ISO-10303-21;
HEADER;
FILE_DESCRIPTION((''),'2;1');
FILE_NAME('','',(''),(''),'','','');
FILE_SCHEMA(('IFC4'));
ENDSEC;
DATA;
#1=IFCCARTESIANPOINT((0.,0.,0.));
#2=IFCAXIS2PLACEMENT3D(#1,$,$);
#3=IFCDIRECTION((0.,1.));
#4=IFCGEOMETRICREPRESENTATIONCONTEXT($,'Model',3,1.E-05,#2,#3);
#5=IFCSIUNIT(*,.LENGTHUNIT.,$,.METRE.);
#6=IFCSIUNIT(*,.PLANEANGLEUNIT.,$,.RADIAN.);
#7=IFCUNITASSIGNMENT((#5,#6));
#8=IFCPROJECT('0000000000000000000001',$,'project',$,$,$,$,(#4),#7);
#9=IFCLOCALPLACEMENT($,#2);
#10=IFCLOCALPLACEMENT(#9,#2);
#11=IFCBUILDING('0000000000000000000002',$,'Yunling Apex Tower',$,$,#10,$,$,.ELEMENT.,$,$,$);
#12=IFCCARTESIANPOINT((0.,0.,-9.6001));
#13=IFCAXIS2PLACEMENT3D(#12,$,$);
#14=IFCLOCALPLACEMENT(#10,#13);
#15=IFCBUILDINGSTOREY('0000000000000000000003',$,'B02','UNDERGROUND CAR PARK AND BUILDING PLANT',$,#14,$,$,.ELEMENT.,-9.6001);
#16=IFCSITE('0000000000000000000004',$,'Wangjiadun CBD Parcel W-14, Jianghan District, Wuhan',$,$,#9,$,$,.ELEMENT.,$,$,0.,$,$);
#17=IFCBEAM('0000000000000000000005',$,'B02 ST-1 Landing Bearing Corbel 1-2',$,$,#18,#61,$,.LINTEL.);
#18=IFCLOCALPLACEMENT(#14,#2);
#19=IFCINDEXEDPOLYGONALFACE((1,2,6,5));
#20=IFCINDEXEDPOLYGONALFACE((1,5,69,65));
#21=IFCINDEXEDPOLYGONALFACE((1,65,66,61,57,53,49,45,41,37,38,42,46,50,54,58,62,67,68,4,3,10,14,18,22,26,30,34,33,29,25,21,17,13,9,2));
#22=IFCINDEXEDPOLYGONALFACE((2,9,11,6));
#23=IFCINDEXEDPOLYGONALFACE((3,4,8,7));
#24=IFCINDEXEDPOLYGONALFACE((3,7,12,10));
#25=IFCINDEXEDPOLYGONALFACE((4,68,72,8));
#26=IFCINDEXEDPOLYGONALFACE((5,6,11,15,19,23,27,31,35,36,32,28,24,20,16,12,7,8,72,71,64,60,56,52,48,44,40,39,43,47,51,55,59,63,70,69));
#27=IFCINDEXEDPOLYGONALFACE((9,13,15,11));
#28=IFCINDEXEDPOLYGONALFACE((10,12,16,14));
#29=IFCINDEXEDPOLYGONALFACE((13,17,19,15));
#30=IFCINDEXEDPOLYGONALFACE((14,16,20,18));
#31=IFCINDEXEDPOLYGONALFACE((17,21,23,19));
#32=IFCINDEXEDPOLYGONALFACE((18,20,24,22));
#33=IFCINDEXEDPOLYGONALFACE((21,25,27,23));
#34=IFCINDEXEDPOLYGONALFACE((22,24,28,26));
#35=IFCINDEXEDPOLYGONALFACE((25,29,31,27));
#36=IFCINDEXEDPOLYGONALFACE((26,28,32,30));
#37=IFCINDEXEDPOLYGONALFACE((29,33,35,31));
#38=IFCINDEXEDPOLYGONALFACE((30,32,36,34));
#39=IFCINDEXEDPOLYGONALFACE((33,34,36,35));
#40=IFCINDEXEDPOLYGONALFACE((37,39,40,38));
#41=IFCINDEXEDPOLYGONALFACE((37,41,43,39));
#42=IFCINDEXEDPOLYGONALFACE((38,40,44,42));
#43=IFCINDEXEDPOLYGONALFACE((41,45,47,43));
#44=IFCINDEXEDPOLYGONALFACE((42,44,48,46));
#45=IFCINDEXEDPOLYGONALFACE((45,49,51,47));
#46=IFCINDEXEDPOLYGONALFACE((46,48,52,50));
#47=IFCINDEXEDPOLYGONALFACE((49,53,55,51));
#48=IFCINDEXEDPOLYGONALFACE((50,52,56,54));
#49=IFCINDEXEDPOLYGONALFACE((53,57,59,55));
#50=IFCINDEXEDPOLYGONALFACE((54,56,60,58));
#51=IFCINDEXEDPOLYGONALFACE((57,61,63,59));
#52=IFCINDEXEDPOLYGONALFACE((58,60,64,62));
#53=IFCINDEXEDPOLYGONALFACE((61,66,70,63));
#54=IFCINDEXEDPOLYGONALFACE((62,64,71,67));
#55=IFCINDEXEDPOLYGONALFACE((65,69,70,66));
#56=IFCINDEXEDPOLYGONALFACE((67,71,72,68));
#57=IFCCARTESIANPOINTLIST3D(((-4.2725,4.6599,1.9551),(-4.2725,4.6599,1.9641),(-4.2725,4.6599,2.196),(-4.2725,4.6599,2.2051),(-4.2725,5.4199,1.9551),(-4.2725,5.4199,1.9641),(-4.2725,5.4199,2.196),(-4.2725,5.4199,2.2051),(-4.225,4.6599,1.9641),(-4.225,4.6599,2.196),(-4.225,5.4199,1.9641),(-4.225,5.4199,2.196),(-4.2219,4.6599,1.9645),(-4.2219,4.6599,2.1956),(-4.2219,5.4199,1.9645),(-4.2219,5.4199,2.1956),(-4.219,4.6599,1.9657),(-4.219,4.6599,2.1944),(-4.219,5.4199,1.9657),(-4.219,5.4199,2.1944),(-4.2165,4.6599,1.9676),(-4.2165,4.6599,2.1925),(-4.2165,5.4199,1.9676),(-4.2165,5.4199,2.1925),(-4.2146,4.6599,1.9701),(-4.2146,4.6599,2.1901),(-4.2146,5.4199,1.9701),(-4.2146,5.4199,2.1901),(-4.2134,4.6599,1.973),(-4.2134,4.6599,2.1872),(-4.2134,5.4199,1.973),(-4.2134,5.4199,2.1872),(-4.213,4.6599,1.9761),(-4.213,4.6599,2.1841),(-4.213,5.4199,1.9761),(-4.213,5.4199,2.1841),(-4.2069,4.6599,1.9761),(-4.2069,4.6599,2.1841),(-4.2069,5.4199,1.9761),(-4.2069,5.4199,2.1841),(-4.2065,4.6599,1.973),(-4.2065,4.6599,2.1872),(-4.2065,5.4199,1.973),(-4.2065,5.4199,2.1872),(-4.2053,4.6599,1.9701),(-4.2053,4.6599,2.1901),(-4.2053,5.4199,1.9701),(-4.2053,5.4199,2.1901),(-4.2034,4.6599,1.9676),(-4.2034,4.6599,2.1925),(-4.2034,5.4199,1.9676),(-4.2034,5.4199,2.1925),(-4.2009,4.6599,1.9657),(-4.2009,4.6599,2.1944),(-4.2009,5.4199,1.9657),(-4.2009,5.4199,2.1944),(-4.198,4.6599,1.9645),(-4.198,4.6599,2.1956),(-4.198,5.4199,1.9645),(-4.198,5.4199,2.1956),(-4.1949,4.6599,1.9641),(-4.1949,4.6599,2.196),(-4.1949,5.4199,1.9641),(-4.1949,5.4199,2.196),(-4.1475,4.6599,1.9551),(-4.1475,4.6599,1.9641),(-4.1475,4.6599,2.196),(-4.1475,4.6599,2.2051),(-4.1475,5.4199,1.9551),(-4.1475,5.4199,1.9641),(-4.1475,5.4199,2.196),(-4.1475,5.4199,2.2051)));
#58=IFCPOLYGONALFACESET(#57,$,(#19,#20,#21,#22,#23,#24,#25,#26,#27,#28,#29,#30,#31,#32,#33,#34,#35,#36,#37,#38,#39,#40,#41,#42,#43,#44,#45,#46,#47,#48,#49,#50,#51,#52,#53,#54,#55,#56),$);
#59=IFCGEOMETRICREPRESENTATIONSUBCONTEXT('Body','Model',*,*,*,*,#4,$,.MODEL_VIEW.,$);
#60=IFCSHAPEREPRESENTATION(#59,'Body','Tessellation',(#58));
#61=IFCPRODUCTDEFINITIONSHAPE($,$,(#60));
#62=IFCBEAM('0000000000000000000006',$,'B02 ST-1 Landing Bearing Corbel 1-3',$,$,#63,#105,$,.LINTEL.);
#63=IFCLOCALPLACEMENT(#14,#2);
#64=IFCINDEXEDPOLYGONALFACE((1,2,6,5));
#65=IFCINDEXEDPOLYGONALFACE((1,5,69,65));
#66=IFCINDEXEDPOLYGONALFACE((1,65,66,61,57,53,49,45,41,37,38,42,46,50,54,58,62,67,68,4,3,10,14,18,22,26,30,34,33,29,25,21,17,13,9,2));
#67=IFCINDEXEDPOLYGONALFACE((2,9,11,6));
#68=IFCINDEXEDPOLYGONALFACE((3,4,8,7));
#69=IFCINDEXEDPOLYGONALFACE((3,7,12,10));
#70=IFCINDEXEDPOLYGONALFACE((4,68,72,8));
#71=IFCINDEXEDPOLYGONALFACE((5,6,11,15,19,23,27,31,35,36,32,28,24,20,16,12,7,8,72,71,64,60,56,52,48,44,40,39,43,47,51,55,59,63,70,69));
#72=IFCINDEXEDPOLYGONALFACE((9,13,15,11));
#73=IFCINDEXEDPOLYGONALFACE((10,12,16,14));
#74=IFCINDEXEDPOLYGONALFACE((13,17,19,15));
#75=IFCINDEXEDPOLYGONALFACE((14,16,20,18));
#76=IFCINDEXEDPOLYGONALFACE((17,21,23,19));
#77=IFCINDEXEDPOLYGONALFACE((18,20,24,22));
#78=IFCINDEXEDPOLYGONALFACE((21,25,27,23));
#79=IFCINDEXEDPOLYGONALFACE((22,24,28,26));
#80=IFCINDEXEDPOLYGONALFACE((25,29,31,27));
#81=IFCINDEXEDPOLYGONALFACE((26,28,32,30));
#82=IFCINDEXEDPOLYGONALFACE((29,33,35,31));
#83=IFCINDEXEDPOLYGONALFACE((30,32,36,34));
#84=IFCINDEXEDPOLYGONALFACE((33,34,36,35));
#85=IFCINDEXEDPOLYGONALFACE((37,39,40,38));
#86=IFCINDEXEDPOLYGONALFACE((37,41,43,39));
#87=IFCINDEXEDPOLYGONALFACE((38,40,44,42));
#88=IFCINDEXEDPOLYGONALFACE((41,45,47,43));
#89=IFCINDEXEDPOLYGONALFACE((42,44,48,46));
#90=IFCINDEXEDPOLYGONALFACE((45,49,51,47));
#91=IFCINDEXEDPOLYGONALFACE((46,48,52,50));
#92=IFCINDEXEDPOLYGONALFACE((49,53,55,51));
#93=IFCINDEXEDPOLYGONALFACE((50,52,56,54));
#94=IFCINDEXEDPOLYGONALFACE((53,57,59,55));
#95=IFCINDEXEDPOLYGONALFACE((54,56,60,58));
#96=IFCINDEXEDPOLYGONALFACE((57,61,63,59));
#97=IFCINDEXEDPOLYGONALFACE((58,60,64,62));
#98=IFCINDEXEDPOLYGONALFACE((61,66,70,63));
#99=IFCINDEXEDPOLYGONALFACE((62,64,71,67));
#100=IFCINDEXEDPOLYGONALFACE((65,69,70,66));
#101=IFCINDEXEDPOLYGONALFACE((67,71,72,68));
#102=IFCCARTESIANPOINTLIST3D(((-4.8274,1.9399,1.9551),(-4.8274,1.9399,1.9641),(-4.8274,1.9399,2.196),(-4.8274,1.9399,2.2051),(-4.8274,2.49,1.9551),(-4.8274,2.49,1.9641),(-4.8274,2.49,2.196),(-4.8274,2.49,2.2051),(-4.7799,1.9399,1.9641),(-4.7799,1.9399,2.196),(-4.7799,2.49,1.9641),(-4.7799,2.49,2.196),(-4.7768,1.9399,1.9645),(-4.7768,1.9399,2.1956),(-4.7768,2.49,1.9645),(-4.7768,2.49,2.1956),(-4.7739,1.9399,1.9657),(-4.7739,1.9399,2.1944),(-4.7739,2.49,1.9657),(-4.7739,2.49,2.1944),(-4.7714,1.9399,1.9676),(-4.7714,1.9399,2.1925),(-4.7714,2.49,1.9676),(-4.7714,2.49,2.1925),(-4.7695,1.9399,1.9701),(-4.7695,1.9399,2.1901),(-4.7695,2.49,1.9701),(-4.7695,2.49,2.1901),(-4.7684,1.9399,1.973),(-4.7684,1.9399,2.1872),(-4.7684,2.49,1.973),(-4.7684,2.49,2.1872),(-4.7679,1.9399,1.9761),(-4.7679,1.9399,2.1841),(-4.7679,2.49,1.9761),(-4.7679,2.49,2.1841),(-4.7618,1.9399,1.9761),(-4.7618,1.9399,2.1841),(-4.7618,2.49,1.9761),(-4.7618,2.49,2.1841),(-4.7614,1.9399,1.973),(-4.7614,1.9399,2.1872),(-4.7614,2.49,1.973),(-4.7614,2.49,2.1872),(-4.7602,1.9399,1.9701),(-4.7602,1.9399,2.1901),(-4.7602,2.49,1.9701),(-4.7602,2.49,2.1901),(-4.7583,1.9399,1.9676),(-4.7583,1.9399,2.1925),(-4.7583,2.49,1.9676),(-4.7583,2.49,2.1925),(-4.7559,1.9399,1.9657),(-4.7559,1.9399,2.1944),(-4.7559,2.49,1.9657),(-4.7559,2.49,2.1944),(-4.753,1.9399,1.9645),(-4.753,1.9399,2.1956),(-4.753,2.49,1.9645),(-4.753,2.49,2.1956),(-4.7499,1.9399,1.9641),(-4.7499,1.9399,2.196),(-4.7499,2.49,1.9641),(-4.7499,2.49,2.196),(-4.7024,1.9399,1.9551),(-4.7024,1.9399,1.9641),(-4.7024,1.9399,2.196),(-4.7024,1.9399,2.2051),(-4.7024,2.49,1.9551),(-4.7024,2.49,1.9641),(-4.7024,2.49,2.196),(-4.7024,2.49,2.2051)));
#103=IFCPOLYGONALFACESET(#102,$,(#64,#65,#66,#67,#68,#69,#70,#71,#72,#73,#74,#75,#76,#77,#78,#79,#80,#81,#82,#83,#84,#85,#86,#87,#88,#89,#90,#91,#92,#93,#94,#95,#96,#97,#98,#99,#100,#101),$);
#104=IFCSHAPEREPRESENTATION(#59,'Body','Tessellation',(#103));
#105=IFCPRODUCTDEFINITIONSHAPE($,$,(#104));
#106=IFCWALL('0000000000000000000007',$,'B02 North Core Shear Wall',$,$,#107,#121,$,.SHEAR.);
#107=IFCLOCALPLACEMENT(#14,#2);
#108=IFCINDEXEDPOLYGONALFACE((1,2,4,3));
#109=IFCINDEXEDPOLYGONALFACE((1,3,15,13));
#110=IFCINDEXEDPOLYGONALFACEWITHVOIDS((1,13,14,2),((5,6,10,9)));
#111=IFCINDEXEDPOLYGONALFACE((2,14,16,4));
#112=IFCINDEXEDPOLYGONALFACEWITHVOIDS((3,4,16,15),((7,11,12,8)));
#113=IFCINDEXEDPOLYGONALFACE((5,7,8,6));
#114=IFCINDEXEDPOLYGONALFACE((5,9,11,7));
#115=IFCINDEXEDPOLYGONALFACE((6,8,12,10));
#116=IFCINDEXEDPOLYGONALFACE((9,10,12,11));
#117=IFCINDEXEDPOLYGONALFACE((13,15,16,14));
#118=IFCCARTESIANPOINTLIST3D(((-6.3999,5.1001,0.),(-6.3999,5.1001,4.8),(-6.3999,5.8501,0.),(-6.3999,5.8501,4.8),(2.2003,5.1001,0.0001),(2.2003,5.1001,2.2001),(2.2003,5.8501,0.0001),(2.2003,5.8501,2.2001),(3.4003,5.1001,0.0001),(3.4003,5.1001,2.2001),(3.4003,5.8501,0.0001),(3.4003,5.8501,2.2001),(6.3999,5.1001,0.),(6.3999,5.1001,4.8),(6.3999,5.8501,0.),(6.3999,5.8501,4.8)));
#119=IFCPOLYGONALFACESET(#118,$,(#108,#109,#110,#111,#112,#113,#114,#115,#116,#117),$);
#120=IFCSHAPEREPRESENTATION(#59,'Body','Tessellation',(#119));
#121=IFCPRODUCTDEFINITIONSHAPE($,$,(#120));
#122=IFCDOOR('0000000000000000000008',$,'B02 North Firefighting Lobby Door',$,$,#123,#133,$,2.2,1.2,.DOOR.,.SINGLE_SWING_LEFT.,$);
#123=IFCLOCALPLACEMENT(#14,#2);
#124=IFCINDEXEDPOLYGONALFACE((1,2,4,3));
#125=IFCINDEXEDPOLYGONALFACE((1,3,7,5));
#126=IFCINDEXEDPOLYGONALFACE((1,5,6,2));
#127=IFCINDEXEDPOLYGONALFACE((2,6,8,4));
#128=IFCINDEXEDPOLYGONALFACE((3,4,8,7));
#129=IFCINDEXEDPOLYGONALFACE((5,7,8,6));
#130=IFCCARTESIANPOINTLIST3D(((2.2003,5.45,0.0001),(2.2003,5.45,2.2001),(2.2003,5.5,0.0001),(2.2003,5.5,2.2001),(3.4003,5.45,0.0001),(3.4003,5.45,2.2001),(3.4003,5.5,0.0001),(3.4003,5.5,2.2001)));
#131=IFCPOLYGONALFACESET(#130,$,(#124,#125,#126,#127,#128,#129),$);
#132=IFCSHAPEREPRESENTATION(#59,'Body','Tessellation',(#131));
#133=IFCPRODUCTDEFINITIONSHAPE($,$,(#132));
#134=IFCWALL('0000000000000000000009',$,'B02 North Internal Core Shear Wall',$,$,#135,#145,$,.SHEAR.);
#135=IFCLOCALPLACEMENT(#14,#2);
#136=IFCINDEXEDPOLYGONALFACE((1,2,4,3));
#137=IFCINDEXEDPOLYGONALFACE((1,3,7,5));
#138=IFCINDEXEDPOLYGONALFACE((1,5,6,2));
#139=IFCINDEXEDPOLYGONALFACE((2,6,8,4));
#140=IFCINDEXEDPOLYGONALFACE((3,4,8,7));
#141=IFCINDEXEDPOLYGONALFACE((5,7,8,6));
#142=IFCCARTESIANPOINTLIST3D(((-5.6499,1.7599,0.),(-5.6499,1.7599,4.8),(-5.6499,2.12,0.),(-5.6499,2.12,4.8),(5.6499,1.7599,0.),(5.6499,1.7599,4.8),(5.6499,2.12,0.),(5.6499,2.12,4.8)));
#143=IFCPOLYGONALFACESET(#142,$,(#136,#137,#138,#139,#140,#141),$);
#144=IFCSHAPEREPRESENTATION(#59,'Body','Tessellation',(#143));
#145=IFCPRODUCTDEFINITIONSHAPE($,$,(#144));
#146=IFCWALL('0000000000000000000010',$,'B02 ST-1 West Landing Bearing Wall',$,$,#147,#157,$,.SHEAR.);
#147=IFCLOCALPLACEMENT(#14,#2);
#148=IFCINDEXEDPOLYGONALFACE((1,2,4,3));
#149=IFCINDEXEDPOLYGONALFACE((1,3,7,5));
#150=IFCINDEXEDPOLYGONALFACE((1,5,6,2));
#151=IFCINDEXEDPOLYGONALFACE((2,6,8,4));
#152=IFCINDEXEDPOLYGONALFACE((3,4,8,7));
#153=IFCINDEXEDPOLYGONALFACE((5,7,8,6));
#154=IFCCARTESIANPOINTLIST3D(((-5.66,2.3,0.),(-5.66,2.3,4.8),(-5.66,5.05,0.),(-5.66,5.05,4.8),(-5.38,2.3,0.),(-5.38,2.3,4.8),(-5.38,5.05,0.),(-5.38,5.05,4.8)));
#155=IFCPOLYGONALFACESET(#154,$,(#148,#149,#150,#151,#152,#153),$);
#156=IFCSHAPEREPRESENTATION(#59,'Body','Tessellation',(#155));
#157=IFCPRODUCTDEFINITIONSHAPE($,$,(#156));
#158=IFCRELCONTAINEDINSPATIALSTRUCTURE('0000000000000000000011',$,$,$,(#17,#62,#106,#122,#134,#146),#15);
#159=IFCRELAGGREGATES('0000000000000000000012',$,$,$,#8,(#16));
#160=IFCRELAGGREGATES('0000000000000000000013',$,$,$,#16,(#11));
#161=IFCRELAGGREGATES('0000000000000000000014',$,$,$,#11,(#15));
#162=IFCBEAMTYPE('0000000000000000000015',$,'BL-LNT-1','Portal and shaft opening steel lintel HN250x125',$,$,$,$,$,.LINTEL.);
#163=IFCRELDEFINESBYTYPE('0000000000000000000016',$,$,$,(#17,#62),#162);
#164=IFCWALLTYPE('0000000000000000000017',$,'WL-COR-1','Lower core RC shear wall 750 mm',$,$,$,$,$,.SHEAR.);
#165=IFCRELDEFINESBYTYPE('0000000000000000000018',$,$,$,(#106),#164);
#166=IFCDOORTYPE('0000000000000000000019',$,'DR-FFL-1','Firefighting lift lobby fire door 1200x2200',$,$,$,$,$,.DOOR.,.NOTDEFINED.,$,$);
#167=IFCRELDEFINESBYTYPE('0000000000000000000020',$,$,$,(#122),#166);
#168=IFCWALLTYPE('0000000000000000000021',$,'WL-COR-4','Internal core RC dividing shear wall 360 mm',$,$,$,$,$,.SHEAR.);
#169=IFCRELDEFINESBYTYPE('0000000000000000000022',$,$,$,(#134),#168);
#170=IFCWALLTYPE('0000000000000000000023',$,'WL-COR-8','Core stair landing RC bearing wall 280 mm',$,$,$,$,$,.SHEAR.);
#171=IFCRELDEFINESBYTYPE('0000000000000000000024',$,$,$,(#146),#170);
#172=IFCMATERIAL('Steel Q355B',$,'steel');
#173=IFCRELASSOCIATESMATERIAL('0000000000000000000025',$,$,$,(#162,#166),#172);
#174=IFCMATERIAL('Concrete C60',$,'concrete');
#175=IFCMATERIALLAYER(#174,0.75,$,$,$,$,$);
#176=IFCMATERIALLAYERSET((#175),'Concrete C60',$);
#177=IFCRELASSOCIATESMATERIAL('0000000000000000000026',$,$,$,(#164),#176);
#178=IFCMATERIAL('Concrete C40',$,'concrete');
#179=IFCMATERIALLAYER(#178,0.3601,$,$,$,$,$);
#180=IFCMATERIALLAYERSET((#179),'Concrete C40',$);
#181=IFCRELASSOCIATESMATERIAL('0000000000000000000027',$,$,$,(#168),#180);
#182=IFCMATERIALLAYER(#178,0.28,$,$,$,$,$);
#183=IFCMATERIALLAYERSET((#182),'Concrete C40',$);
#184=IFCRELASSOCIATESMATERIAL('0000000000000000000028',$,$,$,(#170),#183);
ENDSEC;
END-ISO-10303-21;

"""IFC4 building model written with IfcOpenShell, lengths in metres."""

from ifc_helpers import new_model, si_unit, direction, frame, frame_2d, origin, origin_2d, place, context, subcontext, project, spatial, rectangle, i_section, extrude, source, transform, mapped, material, layer, layer_set, material_profile, profile_set, type_object, element, fill, save


model = new_model("IFC4")

# Units and contexts
model_context = context("Model", 3, precision=1e-05, world=origin(), true_north=direction((0.0, 1.0)))
body_context = subcontext(model_context, "Body", "Model", "MODEL_VIEW")
ifc_project = project(units=[si_unit("LENGTHUNIT", "METRE"), si_unit("PLANEANGLEUNIT", "RADIAN")], contexts=[model_context])

# Site, building, storey
site_placement = place(None, origin())
site = spatial("IfcSite", under=ifc_project, at=site_placement, Name="Wangjiadun CBD Parcel W-14, Jianghan District, Wuhan", CompositionType="ELEMENT", RefElevation=0.0)
building_placement = place(site_placement, origin())
building = spatial("IfcBuilding", under=site, at=building_placement, Name="Yunling Apex Tower", CompositionType="ELEMENT")
storey_placement = place(building_placement, frame((0.0, 0.0, -9.6001)))
storey = spatial("IfcBuildingStorey", under=building, at=storey_placement, Name="B02", Description="UNDERGROUND CAR PARK AND BUILDING PLANT", CompositionType="ELEMENT", Elevation=-9.6001)

# Shared definitions
ifc_material_1 = material(Name="Concrete C60", Category="concrete")

# Beams
ifc_material_2 = material(Name="Steel Q355B", Category="steel")
ifc_material_profile_1 = material_profile(ifc_material_2, i_section(OverallWidth=0.125, OverallDepth=0.25, WebThickness=0.0061, FlangeThickness=0.009, FilletRadius=0.012, at=origin_2d()))
ifc_profile_set_1 = profile_set([ifc_material_profile_1], Name="Steel Q355B")
beam_type = type_object("IfcBeamType", Name="BL-LNT-1", Description="Portal and shaft opening steel lintel HN250x125", PredefinedType="LINTEL", material=ifc_profile_set_1)
shared_shape_1 = source(origin(), body_context, "Body", "SweptSolid", [
    extrude(i_section(OverallWidth=0.125, OverallDepth=0.25, WebThickness=0.0061, FlangeThickness=0.009, FilletRadius=0.012, at=origin_2d()), origin(), (0.0, 0.0, 1.0), 0.76),
])
for number, where, z_axis, x_axis, name in (
    (1, (-4.21, 5.4199, 2.0801), (0.0, -1.0, 0.0), (1.0, 0.0, 0.0), "B02 ST-1 Landing Bearing Corbel 1-2"),
):
    element("IfcBeam", number, at=place(storey_placement, frame(where, z_axis=z_axis, x_axis=x_axis)), inside=storey, type_object=beam_type, Name=name, PredefinedType="LINTEL", context=body_context, shape_type="MappedRepresentation", body=[
        mapped(shared_shape_1, transform((0.0, 0.0, 0.0), scale=1.0)),
    ])
shared_shape_2 = source(origin(), body_context, "Body", "SweptSolid", [
    extrude(i_section(OverallWidth=0.125, OverallDepth=0.25, WebThickness=0.0061, FlangeThickness=0.009, FilletRadius=0.012, at=origin_2d()), origin(), (0.0, 0.0, 1.0), 0.55),
])
beam_placement = place(storey_placement, frame((-4.7649, 1.9399, 2.0801), z_axis=(0.0, 1.0, 0.0), x_axis=(-1.0, 0.0, 0.0)))
element("IfcBeam", 2, at=beam_placement, inside=storey, type_object=beam_type, Name="B02 ST-1 Landing Bearing Corbel 1-3", PredefinedType="LINTEL", context=body_context, shape_type="MappedRepresentation", body=[
    mapped(shared_shape_2, transform((0.0, 0.0, 0.0), scale=1.0)),
])

# Wall, opening, door
ifc_layer_1 = layer(ifc_material_1, 0.75)
ifc_layer_set_1 = layer_set([ifc_layer_1], Name="Concrete C60")
wall_type_1 = type_object("IfcWallType", Name="WL-COR-1", Description="Lower core RC shear wall 750 mm", PredefinedType="SHEAR", material=ifc_layer_set_1)
wall_1_placement = place(storey_placement, frame((-6.3999, 5.4751, 0.0), z_axis=(0.0, 0.0, 1.0), x_axis=(1.0, 0.0, 0.0)))
wall_1 = element("IfcWall", 3, at=wall_1_placement, inside=storey, type_object=wall_type_1, Name="B02 North Core Shear Wall", PredefinedType="SHEAR", context=body_context, shape_type="SweptSolid", body=[
    extrude(rectangle(XDim=12.7998, YDim=0.75, at=frame_2d((6.3999, 0.0))), origin(), (0.0, 0.0, 1.0), 4.8),
])
opening_placement = place(wall_1_placement, frame((8.6001, 0.0, 0.0)))
opening = element("IfcOpeningElement", 4, at=opening_placement, cuts=wall_1, PredefinedType="OPENING", context=body_context, shape_type="SweptSolid", body=[
    extrude(rectangle(XDim=1.2, YDim=2.2, at=frame_2d((0.6001, 1.1001))), frame((0.0, 0.385, 0.0), z_axis=(0.0, -1.0, 0.0), x_axis=(1.0, 0.0, 0.0)), (0.0, 0.0, 1.0), 0.77),
])
door_type = type_object("IfcDoorType", Name="DR-FFL-1", Description="Firefighting lift lobby fire door 1200x2200", OperationType="NOTDEFINED", PredefinedType="DOOR", material=ifc_material_2)
door_placement = place(opening_placement, origin())
door = element("IfcDoor", 5, at=door_placement, inside=storey, type_object=door_type, Name="B02 North Firefighting Lobby Door", OperationType="SINGLE_SWING_LEFT", OverallHeight=2.2, OverallWidth=1.2, PredefinedType="DOOR", context=body_context, shape_type="SweptSolid", body=[
    extrude(rectangle(XDim=1.2, YDim=2.2, at=frame_2d((0.6001, 1.1001))), frame((0.0, 0.0249, 0.0), z_axis=(0.0, -1.0, 0.0), x_axis=(1.0, 0.0, 0.0)), (0.0, 0.0, 1.0), 0.05),
])
fill(opening, door)

# Walls
ifc_material_3 = material(Name="Concrete C40", Category="concrete")
ifc_layer_2 = layer(ifc_material_3, 0.3601)
ifc_layer_set_2 = layer_set([ifc_layer_2], Name="Concrete C40")
wall_type_2 = type_object("IfcWallType", Name="WL-COR-4", Description="Internal core RC dividing shear wall 360 mm", PredefinedType="SHEAR", material=ifc_layer_set_2)
wall_2_placement = place(storey_placement, frame((-5.6499, 1.9399, 0.0), z_axis=(0.0, 0.0, 1.0), x_axis=(1.0, 0.0, 0.0)))
element("IfcWall", 6, at=wall_2_placement, inside=storey, type_object=wall_type_2, Name="B02 North Internal Core Shear Wall", PredefinedType="SHEAR", context=body_context, shape_type="SweptSolid", body=[
    extrude(rectangle(XDim=11.2998, YDim=0.3601, at=frame_2d((5.6499, 0.0))), origin(), (0.0, 0.0, 1.0), 4.8),
])
ifc_layer_3 = layer(ifc_material_3, 0.28)
ifc_layer_set_3 = layer_set([ifc_layer_3], Name="Concrete C40")
wall_type_3 = type_object("IfcWallType", Name="WL-COR-8", Description="Core stair landing RC bearing wall 280 mm", PredefinedType="SHEAR", material=ifc_layer_set_3)
wall_3_placement = place(storey_placement, frame((-5.52, 2.3, 0.0), z_axis=(0.0, 0.0, 1.0), x_axis=(0.0, 1.0, 0.0)))
element("IfcWall", 7, at=wall_3_placement, inside=storey, type_object=wall_type_3, Name="B02 ST-1 West Landing Bearing Wall", PredefinedType="SHEAR", context=body_context, shape_type="SweptSolid", body=[
    extrude(rectangle(XDim=2.75, YDim=0.28, at=frame_2d((1.375, 0.0))), origin(), (0.0, 0.0, 1.0), 4.8),
])

save(model, "model.ifc")
